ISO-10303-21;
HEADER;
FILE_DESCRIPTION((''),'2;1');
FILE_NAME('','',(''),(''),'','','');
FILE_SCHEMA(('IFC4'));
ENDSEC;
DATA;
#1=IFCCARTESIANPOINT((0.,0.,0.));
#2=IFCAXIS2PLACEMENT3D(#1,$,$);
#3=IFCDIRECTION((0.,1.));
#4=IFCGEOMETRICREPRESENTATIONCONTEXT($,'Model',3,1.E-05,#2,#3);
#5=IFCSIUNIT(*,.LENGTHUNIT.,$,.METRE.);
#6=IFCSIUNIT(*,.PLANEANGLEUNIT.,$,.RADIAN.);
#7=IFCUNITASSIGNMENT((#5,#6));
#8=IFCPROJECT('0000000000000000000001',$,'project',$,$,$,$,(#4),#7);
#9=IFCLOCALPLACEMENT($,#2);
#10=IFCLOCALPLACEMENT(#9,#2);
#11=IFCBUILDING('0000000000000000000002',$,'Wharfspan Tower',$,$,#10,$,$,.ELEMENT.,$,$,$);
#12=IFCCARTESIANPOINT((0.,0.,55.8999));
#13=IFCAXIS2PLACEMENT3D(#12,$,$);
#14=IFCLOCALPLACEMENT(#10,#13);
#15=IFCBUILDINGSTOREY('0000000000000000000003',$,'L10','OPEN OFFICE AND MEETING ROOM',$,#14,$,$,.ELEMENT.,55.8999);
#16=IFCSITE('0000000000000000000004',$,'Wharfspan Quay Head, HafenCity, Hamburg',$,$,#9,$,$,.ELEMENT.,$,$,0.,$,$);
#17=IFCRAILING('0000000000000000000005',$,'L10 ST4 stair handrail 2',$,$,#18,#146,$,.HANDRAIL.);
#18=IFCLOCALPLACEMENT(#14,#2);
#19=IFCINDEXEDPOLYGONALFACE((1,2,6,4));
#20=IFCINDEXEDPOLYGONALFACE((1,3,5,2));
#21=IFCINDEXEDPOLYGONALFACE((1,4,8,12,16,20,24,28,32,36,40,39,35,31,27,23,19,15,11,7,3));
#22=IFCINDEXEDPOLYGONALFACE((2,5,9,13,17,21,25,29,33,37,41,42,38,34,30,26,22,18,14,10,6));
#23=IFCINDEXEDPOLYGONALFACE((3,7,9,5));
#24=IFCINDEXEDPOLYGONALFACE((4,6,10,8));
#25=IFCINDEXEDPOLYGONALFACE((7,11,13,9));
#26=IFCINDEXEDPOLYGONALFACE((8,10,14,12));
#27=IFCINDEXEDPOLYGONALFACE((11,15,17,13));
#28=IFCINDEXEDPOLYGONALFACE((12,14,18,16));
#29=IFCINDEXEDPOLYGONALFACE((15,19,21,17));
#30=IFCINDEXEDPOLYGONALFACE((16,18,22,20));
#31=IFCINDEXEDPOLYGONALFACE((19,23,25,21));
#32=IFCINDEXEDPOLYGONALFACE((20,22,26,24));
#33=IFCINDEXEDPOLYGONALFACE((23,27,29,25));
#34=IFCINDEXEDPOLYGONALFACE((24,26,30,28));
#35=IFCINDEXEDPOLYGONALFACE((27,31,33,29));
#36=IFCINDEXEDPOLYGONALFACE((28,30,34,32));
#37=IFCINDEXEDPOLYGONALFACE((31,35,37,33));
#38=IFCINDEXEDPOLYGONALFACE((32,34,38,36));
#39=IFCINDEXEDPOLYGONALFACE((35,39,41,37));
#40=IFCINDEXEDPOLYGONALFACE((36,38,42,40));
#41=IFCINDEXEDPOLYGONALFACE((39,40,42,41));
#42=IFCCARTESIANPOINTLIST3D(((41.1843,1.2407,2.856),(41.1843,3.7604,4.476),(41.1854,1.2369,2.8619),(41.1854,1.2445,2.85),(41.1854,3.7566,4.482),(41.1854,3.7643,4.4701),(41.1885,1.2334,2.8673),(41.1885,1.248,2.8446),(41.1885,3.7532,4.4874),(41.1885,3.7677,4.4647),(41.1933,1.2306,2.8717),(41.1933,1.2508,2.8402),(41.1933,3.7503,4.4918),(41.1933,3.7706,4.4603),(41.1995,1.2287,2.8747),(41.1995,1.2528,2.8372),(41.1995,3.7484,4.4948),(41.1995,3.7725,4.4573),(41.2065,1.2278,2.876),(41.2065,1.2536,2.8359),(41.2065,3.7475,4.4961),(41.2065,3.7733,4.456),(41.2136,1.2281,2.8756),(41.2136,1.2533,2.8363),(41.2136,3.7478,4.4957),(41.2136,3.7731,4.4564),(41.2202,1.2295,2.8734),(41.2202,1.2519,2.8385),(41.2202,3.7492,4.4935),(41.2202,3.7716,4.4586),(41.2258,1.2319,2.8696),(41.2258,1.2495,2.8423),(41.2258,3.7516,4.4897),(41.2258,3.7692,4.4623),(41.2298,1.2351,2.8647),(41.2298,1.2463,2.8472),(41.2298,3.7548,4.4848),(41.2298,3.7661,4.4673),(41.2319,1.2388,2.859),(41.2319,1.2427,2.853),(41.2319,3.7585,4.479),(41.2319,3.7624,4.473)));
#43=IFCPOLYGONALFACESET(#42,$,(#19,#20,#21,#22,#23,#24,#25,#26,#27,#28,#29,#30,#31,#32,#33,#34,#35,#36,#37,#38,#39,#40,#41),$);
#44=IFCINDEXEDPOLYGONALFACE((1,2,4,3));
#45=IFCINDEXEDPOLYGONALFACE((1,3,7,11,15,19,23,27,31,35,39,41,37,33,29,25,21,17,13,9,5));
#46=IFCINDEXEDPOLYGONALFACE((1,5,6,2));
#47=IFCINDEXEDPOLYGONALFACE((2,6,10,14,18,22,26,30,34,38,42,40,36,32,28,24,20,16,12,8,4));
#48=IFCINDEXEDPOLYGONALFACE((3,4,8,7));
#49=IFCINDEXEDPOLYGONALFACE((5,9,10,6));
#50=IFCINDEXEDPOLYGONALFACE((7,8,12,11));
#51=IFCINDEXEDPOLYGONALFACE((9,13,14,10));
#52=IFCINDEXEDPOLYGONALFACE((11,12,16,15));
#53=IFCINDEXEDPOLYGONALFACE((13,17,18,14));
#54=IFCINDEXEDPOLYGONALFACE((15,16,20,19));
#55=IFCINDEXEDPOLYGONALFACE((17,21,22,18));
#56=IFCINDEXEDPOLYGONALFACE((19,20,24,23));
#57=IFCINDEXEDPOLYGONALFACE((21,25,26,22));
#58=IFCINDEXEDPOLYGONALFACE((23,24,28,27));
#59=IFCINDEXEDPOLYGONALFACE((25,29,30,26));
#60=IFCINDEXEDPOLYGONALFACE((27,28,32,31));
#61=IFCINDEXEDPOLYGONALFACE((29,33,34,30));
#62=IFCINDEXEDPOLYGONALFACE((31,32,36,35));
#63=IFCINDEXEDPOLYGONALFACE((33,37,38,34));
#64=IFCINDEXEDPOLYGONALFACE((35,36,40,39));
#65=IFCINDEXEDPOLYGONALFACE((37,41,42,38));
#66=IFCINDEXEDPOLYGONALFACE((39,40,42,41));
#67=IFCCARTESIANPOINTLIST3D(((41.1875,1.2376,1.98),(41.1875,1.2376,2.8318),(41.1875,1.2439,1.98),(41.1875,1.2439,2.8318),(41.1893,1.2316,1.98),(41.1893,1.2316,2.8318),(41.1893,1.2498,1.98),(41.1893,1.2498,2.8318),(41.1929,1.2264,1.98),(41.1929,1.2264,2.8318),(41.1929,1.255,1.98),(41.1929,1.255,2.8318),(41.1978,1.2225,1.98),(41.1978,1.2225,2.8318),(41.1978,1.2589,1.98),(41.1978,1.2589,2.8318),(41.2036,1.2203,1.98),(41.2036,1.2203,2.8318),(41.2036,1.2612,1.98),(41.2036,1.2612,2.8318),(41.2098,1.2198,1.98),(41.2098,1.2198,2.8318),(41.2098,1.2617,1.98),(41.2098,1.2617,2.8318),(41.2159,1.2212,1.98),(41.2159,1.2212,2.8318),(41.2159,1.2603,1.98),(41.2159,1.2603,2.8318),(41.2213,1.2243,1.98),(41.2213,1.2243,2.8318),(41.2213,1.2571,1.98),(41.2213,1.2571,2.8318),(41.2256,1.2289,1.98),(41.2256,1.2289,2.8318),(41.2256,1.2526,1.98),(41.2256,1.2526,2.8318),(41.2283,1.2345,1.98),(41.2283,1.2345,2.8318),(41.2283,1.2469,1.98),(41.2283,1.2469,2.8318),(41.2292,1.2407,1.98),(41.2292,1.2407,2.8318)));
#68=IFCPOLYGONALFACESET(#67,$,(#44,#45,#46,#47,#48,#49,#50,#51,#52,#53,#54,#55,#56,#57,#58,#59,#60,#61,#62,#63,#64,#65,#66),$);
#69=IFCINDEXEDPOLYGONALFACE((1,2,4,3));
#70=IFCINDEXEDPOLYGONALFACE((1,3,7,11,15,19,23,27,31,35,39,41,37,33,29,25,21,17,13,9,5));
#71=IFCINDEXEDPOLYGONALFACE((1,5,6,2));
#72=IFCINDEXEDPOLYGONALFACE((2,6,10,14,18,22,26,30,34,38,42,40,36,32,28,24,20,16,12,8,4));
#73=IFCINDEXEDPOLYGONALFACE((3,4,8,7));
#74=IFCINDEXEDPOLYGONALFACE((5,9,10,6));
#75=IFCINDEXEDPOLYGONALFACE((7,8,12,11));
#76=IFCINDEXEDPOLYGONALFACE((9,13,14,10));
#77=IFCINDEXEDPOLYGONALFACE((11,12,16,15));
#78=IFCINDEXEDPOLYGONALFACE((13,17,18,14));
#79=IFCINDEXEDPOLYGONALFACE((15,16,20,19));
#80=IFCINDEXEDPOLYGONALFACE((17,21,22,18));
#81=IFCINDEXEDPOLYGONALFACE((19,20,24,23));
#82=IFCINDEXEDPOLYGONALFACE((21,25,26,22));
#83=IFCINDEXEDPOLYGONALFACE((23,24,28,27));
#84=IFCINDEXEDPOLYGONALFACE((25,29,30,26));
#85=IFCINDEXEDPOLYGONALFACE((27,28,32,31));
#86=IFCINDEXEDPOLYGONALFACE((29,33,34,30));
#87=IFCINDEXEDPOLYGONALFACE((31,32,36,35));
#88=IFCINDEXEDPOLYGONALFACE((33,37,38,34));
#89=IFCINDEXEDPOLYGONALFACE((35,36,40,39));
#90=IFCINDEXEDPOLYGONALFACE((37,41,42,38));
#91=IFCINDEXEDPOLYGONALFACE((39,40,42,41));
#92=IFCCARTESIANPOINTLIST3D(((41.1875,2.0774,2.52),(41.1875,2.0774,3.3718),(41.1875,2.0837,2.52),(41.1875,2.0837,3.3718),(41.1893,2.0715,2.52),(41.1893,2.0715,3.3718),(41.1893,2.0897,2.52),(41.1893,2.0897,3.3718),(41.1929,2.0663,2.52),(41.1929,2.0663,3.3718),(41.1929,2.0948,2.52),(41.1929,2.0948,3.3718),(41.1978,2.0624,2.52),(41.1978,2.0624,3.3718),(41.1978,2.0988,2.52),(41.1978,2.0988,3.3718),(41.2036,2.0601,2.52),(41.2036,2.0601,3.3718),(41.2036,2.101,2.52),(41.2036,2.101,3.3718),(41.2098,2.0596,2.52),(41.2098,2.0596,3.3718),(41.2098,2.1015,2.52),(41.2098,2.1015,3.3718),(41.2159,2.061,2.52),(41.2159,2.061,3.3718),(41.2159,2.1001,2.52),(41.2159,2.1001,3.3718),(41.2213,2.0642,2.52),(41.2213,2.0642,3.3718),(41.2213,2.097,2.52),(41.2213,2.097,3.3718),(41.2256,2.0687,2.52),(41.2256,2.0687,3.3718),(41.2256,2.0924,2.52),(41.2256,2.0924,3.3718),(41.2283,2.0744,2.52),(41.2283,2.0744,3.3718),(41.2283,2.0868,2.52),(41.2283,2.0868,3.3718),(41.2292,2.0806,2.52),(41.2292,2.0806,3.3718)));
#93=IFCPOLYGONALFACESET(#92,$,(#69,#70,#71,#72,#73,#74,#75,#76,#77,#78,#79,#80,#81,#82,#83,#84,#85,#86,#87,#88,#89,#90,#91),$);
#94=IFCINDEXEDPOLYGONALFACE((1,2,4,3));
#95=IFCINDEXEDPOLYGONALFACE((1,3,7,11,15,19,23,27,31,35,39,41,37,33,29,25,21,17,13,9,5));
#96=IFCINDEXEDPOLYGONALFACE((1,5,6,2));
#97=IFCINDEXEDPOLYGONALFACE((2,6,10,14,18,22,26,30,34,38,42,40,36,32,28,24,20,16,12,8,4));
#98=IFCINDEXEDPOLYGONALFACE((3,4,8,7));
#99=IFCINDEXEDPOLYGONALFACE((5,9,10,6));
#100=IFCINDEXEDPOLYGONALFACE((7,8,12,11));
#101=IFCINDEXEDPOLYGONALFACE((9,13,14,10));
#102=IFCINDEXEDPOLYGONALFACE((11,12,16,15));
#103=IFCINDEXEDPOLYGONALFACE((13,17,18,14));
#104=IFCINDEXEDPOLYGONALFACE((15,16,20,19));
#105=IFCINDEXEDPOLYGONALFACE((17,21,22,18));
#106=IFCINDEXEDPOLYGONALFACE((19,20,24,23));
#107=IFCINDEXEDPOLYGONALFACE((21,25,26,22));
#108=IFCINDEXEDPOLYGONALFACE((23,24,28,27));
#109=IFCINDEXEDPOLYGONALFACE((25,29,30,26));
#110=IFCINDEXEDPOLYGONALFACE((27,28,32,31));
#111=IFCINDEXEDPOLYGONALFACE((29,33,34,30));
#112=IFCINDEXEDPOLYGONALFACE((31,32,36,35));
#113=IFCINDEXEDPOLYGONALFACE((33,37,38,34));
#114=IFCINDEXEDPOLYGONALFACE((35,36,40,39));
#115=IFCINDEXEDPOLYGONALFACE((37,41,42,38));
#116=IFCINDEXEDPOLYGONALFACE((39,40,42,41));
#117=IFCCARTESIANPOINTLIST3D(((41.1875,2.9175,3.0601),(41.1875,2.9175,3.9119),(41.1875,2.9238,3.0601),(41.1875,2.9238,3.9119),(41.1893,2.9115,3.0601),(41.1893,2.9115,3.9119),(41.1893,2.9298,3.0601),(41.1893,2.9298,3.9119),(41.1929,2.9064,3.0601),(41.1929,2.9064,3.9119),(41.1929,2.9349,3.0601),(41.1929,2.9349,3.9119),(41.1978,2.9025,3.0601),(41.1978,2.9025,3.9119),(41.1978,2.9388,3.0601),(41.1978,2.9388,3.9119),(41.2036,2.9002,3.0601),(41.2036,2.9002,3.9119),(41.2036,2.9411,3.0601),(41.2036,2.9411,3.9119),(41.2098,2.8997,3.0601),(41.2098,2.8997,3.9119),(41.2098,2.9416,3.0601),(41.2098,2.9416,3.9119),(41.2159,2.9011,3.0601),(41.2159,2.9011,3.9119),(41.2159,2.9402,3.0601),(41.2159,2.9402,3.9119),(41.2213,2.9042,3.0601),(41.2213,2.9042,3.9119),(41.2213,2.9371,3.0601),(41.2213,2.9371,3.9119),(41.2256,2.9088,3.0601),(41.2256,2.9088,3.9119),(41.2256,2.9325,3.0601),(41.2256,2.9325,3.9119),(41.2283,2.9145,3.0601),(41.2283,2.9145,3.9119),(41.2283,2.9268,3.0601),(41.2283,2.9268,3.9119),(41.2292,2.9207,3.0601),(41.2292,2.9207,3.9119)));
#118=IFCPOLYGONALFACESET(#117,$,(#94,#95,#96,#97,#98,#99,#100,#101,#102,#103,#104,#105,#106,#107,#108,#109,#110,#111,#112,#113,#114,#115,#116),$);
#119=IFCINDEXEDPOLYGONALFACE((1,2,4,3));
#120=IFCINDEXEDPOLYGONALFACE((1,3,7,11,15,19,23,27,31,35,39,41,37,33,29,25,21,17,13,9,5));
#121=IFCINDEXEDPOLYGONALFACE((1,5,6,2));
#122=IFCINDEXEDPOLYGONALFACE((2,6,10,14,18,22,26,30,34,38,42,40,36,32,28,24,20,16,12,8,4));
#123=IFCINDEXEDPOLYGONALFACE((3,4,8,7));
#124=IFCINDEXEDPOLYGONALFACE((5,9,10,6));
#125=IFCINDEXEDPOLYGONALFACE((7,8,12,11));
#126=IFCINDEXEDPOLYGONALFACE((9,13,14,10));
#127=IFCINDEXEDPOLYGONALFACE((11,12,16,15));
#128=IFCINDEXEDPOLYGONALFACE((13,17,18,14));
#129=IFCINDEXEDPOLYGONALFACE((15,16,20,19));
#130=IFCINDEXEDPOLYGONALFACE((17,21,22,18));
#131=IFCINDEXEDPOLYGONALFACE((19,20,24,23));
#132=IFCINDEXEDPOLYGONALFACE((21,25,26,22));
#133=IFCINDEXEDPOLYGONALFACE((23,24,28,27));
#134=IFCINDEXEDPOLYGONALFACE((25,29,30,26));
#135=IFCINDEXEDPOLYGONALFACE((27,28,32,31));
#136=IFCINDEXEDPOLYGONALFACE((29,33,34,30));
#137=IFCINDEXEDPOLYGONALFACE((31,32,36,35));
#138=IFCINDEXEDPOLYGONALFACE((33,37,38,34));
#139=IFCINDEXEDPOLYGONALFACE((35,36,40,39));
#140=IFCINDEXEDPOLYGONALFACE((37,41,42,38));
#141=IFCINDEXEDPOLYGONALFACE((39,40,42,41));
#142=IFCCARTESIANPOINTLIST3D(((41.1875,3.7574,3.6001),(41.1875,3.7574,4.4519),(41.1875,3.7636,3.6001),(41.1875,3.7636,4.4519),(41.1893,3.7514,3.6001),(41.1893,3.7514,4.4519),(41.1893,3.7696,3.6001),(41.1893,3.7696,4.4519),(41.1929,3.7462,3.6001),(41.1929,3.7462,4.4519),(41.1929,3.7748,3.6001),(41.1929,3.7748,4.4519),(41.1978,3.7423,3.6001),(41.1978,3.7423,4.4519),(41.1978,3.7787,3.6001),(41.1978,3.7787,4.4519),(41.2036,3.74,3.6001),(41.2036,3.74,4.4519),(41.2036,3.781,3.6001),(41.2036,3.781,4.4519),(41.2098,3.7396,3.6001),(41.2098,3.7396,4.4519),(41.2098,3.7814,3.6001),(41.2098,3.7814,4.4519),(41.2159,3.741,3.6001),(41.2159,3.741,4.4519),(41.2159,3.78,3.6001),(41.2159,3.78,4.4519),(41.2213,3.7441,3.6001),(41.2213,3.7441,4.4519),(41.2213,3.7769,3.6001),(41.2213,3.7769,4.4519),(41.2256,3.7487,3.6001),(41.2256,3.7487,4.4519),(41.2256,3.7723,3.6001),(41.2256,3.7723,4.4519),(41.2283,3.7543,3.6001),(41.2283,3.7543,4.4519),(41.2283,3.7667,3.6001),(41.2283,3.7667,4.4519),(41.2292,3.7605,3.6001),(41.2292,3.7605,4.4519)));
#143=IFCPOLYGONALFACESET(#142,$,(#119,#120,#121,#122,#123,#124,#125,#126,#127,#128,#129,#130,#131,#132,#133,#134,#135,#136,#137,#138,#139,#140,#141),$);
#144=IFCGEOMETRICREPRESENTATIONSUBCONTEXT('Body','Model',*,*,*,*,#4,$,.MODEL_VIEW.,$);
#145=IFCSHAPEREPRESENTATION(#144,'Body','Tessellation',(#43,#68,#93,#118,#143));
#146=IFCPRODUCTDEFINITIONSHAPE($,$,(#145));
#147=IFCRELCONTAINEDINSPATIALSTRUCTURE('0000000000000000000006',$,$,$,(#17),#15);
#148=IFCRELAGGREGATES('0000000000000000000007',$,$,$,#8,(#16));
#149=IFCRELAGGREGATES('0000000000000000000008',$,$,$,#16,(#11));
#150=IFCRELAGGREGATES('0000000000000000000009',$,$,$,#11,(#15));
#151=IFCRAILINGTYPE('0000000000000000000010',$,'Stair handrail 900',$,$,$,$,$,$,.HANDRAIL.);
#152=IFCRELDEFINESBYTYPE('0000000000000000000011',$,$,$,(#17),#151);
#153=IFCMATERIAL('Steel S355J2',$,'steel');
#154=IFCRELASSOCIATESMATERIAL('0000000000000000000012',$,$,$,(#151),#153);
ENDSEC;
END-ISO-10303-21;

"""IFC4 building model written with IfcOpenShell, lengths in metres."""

from ifc_helpers import new_model, si_unit, direction, frame, origin, origin_2d, place, context, subcontext, project, spatial, circle, extrude, material, type_object, element, save


model = new_model("IFC4")

# Units and contexts
model_context = context("Model", 3, precision=1e-05, world=origin(), true_north=direction((0.0, 1.0)))
body_context = subcontext(model_context, "Body", "Model", "MODEL_VIEW")
ifc_project = project(units=[si_unit("LENGTHUNIT", "METRE"), si_unit("PLANEANGLEUNIT", "RADIAN")], contexts=[model_context])

# Site, building, storey
site_placement = place(None, origin())
site = spatial("IfcSite", under=ifc_project, at=site_placement, Name="Wharfspan Quay Head, HafenCity, Hamburg", CompositionType="ELEMENT", RefElevation=0.0)
building_placement = place(site_placement, origin())
building = spatial("IfcBuilding", under=site, at=building_placement, Name="Wharfspan Tower", CompositionType="ELEMENT")
storey_placement = place(building_placement, frame((0.0, 0.0, 55.8999)))
storey = spatial("IfcBuildingStorey", under=building, at=storey_placement, Name="L10", Description="OPEN OFFICE AND MEETING ROOM", CompositionType="ELEMENT", Elevation=55.8999)

# Shared definitions
ifc_material_1 = material(Name="Steel S355J2", Category="steel")

# Railing
railing_type = type_object("IfcRailingType", Name="Stair handrail 900", PredefinedType="HANDRAIL", material=ifc_material_1)
railing_placement = place(storey_placement, frame((41.2083, 1.2407, 1.98)))
element("IfcRailing", 1, at=railing_placement, inside=storey, type_object=railing_type, Name="L10 ST4 stair handrail 2", PredefinedType="HANDRAIL", context=body_context, shape_type="SweptSolid", body=[
    extrude(circle(Radius=0.0239, at=origin_2d()), frame((0.0, 0.0, 0.876), z_axis=(0.0, 0.841139, 0.540819), x_axis=(-1.0, 0.0, 0.0)), (0.0, 0.0, 1.0), 2.9956),
    extrude(circle(Radius=0.021, at=origin_2d()), origin(), (0.0, 0.0, 1.0), 0.8518),
    extrude(circle(Radius=0.021, at=origin_2d()), frame((0.0, 0.8398, 0.54)), (0.0, 0.0, 1.0), 0.8518),
    extrude(circle(Radius=0.021, at=origin_2d()), frame((0.0, 1.6799, 1.0801)), (0.0, 0.0, 1.0), 0.8518),
    extrude(circle(Radius=0.021, at=origin_2d()), frame((0.0, 2.5198, 1.6201)), (0.0, 0.0, 1.0), 0.8518),
])

save(model, "model.ifc")
